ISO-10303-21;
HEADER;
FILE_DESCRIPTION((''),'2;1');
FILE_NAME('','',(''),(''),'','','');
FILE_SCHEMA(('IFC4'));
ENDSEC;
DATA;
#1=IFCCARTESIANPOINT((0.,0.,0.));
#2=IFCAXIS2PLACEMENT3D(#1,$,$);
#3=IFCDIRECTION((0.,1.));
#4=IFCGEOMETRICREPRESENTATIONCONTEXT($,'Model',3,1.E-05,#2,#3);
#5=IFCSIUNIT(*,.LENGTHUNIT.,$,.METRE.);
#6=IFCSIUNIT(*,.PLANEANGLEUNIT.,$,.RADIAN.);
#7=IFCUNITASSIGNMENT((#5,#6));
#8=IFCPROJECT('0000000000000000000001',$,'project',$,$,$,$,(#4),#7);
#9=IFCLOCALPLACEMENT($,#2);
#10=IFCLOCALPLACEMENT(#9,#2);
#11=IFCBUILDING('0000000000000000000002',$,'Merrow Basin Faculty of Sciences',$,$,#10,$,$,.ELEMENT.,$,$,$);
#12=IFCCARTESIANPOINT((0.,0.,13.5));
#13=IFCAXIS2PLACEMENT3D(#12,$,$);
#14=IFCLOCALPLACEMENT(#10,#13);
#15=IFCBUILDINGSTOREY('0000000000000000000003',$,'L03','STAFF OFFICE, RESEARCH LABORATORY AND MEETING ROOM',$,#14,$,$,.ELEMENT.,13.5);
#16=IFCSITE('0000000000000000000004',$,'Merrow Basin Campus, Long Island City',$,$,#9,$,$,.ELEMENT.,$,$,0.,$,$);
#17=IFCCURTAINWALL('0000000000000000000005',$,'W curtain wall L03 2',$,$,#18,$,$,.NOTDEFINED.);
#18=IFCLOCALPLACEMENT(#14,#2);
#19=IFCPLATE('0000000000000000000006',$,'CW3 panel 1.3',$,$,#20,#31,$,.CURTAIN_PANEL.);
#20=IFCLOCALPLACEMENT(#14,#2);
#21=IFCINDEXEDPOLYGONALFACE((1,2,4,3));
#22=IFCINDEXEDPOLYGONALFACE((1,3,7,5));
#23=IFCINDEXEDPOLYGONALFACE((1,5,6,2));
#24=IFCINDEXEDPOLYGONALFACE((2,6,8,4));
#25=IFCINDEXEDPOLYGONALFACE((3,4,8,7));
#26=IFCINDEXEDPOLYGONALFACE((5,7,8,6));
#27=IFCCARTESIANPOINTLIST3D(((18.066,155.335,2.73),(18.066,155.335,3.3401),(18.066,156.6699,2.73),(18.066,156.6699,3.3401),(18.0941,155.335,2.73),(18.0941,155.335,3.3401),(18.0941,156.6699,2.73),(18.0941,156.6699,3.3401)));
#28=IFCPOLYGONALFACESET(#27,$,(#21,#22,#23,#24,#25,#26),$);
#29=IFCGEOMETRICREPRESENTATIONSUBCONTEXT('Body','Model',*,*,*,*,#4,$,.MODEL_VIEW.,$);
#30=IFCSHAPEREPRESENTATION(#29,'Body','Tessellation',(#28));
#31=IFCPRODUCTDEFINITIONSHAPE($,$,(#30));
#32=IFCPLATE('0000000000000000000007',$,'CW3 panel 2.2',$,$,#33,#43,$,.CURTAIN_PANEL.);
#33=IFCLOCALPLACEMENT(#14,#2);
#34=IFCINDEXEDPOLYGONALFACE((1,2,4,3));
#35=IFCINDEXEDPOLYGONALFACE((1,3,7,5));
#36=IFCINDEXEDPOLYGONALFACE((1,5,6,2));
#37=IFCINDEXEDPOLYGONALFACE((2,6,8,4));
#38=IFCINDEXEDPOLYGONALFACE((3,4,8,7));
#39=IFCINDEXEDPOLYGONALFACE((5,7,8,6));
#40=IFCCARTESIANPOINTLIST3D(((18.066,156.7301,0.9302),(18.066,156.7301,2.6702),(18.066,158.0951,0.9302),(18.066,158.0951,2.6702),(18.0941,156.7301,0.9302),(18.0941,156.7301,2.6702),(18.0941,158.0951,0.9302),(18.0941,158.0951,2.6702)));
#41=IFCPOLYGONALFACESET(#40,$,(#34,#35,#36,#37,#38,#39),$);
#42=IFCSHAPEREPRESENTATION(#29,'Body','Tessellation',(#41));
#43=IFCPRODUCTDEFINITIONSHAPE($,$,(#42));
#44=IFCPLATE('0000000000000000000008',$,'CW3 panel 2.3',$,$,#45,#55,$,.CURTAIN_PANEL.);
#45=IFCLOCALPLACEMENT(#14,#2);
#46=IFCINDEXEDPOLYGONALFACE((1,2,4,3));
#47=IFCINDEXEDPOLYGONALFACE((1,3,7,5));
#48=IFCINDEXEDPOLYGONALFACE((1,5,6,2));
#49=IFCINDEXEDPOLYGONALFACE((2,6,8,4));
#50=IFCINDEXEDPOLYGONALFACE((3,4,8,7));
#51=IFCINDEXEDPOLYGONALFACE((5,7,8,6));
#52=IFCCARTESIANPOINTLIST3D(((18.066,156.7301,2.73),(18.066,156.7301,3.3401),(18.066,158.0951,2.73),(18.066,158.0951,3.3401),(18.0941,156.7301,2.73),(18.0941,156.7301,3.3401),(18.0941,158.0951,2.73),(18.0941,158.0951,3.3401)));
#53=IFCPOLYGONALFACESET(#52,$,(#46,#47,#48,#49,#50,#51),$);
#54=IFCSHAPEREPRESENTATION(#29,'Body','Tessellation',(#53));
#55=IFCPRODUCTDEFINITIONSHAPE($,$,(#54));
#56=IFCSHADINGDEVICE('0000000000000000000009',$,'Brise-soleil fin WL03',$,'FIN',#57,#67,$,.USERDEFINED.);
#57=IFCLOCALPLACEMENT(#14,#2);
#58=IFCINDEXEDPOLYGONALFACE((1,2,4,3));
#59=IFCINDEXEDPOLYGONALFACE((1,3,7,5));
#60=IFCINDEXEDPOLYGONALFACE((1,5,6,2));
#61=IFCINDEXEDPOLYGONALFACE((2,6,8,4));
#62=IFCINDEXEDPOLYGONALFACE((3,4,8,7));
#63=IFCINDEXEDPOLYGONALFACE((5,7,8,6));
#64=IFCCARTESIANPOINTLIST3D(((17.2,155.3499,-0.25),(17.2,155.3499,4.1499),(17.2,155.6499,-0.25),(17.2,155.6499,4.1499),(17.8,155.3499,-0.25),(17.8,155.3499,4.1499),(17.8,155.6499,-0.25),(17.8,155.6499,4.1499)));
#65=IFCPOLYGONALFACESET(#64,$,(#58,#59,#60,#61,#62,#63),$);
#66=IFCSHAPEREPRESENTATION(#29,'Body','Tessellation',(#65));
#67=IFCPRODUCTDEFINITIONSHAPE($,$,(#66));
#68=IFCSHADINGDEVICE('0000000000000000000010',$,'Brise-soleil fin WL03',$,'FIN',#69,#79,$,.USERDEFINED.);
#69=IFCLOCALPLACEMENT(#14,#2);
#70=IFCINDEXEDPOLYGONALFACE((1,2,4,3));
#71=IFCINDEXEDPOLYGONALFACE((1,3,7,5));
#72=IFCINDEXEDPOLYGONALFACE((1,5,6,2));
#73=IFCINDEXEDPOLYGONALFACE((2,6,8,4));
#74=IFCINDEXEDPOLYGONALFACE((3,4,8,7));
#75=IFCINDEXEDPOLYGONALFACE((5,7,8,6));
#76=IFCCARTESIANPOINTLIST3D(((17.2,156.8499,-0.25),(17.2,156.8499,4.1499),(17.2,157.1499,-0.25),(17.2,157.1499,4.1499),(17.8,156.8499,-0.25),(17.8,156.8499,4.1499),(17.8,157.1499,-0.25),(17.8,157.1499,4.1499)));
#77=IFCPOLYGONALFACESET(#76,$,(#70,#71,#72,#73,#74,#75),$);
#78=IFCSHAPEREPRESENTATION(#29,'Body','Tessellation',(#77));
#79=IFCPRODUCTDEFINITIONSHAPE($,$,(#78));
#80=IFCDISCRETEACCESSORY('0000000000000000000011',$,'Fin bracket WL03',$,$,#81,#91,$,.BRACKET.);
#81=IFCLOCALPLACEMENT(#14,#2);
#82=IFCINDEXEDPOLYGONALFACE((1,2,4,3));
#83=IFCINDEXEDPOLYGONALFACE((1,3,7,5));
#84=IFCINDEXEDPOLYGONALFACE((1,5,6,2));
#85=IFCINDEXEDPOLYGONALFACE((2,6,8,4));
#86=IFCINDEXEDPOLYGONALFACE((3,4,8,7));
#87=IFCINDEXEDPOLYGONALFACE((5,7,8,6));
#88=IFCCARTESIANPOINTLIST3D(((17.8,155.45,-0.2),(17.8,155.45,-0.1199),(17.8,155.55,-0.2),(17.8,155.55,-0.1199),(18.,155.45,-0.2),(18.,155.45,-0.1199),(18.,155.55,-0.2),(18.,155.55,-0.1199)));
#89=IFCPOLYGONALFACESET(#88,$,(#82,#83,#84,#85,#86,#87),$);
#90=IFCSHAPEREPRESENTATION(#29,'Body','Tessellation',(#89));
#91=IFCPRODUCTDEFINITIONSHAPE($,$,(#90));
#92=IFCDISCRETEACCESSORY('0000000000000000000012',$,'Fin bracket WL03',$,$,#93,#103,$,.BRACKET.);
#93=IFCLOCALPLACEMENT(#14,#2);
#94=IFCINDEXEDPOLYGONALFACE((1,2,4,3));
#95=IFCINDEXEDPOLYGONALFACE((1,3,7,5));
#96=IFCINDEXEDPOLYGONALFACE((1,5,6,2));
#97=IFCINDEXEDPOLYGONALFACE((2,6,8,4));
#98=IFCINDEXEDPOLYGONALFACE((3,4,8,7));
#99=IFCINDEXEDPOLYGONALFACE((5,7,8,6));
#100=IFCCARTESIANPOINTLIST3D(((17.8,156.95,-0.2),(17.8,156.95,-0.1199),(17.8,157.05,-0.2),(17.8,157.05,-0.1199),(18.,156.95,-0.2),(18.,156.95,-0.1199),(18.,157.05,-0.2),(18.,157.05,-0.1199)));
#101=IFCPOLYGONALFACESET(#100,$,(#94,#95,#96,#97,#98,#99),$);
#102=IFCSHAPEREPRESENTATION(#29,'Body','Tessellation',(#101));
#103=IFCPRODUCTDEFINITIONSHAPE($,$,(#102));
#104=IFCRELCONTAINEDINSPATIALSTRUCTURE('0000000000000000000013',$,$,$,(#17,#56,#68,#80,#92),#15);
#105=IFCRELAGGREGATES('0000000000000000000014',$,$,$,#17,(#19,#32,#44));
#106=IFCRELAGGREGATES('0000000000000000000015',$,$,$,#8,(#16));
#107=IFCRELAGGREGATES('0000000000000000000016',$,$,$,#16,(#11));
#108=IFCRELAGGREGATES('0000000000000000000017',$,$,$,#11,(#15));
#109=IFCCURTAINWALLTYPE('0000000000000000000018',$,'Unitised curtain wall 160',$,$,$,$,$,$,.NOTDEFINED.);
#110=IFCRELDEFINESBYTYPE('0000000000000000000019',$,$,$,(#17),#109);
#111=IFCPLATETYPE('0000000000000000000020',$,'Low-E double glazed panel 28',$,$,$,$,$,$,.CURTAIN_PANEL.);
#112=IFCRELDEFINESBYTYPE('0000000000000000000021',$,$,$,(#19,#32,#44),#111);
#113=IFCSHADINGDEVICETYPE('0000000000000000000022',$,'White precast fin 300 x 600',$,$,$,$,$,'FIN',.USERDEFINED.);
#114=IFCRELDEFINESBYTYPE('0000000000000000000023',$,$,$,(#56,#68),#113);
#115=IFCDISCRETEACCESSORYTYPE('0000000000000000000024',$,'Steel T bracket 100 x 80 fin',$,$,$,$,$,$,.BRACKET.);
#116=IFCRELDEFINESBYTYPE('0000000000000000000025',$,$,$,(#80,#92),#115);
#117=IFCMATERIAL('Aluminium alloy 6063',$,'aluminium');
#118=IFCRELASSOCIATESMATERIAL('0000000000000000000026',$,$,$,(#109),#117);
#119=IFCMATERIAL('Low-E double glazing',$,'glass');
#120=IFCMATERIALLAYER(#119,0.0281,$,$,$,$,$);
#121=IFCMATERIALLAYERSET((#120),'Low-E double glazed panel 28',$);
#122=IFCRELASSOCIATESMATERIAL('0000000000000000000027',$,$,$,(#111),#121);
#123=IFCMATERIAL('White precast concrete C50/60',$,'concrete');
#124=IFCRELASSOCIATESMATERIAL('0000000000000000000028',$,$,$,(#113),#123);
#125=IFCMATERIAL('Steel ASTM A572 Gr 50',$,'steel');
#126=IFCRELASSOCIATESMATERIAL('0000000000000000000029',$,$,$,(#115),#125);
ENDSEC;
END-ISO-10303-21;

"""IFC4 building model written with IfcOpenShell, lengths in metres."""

from ifc_helpers import new_model, si_unit, direction, frame, origin, origin_2d, place, context, subcontext, project, spatial, polyline, rectangle, outline, extrude, source, transform, mapped, material, layer, layer_set, type_object, element, aggregate, save


model = new_model("IFC4")

# Units and contexts
model_context = context("Model", 3, precision=1e-05, world=origin(), true_north=direction((0.0, 1.0)))
body_context = subcontext(model_context, "Body", "Model", "MODEL_VIEW")
ifc_project = project(units=[si_unit("LENGTHUNIT", "METRE"), si_unit("PLANEANGLEUNIT", "RADIAN")], contexts=[model_context])

# Site, building, storey
site_placement = place(None, origin())
site = spatial("IfcSite", under=ifc_project, at=site_placement, Name="Merrow Basin Campus, Long Island City", CompositionType="ELEMENT", RefElevation=0.0)
building_placement = place(site_placement, origin())
building = spatial("IfcBuilding", under=site, at=building_placement, Name="Merrow Basin Faculty of Sciences", CompositionType="ELEMENT")
storey_placement = place(building_placement, frame((0.0, 0.0, 13.5)))
storey = spatial("IfcBuildingStorey", under=building, at=storey_placement, Name="L03", Description="STAFF OFFICE, RESEARCH LABORATORY AND MEETING ROOM", CompositionType="ELEMENT", Elevation=13.5)

# Curtain wall, plates
ifc_material_1 = material(Name="Aluminium alloy 6063", Category="aluminium")
curtain_wall_type = type_object("IfcCurtainWallType", Name="Unitised curtain wall 160", PredefinedType="NOTDEFINED", material=ifc_material_1)
curtain_wall_placement = place(storey_placement, origin())
curtain_wall = element("IfcCurtainWall", 1, at=curtain_wall_placement, inside=storey, type_object=curtain_wall_type, Name="W curtain wall L03 2", PredefinedType="NOTDEFINED")
ifc_material_2 = material(Name="Low-E double glazing", Category="glass")
ifc_layer_1 = layer(ifc_material_2, 0.0281)
ifc_layer_set_1 = layer_set([ifc_layer_1], Name="Low-E double glazed panel 28")
plate_type_1 = type_object("IfcPlateType", Name="Low-E double glazed panel 28", PredefinedType="CURTAIN_PANEL", material=ifc_layer_set_1)
plate_1_placement = place(storey_placement, frame((18.0801, 156.0024, 2.73), z_axis=(0.0, 0.0, 1.0), x_axis=(0.0, 1.0, 0.0)))
plate_1 = element("IfcPlate", 2, at=plate_1_placement, type_object=plate_type_1, Name="CW3 panel 1.3", PredefinedType="CURTAIN_PANEL", context=body_context, shape_type="SweptSolid", body=[
    extrude(rectangle(XDim=1.335, YDim=0.0281, at=origin_2d()), origin(), (0.0, 0.0, 1.0), 0.6101),
])
plate_2_placement = place(storey_placement, frame((18.0801, 157.4126, 0.9302), z_axis=(0.0, 0.0, 1.0), x_axis=(0.0, 1.0, 0.0)))
plate_2 = element("IfcPlate", 3, at=plate_2_placement, type_object=plate_type_1, Name="CW3 panel 2.2", PredefinedType="CURTAIN_PANEL", context=body_context, shape_type="SweptSolid", body=[
    extrude(rectangle(XDim=1.365, YDim=0.0281, at=origin_2d()), origin(), (0.0, 0.0, 1.0), 1.74),
])
plate_3_placement = place(storey_placement, frame((18.0801, 157.4126, 2.73), z_axis=(0.0, 0.0, 1.0), x_axis=(0.0, 1.0, 0.0)))
plate_3 = element("IfcPlate", 4, at=plate_3_placement, type_object=plate_type_1, Name="CW3 panel 2.3", PredefinedType="CURTAIN_PANEL", context=body_context, shape_type="SweptSolid", body=[
    extrude(rectangle(XDim=1.365, YDim=0.0281, at=origin_2d()), origin(), (0.0, 0.0, 1.0), 0.6101),
])
aggregate(curtain_wall, [plate_1, plate_2, plate_3])

# Shading devices
ifc_material_3 = material(Name="White precast concrete C50/60", Category="concrete")
shading_device_type = type_object("IfcShadingDeviceType", Name="White precast fin 300 x 600", ElementType="FIN", PredefinedType="USERDEFINED", material=ifc_material_3)
shared_shape_1 = source(origin(), body_context, "Body", "SweptSolid", [
    extrude(outline(polyline([(0.0, 0.0), (0.3, 0.0), (0.3, 4.3999), (0.0, 4.3999), (0.0, 0.0)])), origin(), (0.0, 0.0, 1.0), 0.6001),
])
for number, where, z_axis, x_axis, name in (
    (5, (17.8, 155.6499, -0.25), (-1.0, 0.0, 0.0), (0.0, -1.0, 0.0), "Brise-soleil fin WL03"),
    (6, (17.8, 157.1499, -0.25), (-1.0, 0.0, 0.0), (0.0, -1.0, 0.0), "Brise-soleil fin WL03"),
):
    element("IfcShadingDevice", number, at=place(storey_placement, frame(where, z_axis=z_axis, x_axis=x_axis)), inside=storey, type_object=shading_device_type, Name=name, ObjectType="FIN", PredefinedType="USERDEFINED", context=body_context, shape_type="MappedRepresentation", body=[
        mapped(shared_shape_1, transform((0.0, 0.0, 0.0), scale=1.0)),
    ])

# Discrete accessories
ifc_material_4 = material(Name="Steel ASTM A572 Gr 50", Category="steel")
discrete_accessory_type = type_object("IfcDiscreteAccessoryType", Name="Steel T bracket 100 x 80 fin", PredefinedType="BRACKET", material=ifc_material_4)
shared_shape_2 = source(origin(), body_context, "Body", "SweptSolid", [
    extrude(outline(polyline([(0.0, 0.0), (0.1001, 0.0), (0.1001, 0.0801), (0.0, 0.0801), (0.0, 0.0)])), origin(), (0.0, 0.0, 1.0), 0.2),
])
for number, where, z_axis, x_axis, name in (
    (7, (18.0, 155.55, -0.2), (-1.0, 0.0, 0.0), (0.0, -1.0, 0.0), "Fin bracket WL03"),
    (8, (18.0, 157.05, -0.2), (-1.0, 0.0, 0.0), (0.0, -1.0, 0.0), "Fin bracket WL03"),
):
    element("IfcDiscreteAccessory", number, at=place(storey_placement, frame(where, z_axis=z_axis, x_axis=x_axis)), inside=storey, type_object=discrete_accessory_type, Name=name, PredefinedType="BRACKET", context=body_context, shape_type="MappedRepresentation", body=[
        mapped(shared_shape_2, transform((0.0, 0.0, 0.0), scale=1.0)),
    ])

save(model, "model.ifc")
